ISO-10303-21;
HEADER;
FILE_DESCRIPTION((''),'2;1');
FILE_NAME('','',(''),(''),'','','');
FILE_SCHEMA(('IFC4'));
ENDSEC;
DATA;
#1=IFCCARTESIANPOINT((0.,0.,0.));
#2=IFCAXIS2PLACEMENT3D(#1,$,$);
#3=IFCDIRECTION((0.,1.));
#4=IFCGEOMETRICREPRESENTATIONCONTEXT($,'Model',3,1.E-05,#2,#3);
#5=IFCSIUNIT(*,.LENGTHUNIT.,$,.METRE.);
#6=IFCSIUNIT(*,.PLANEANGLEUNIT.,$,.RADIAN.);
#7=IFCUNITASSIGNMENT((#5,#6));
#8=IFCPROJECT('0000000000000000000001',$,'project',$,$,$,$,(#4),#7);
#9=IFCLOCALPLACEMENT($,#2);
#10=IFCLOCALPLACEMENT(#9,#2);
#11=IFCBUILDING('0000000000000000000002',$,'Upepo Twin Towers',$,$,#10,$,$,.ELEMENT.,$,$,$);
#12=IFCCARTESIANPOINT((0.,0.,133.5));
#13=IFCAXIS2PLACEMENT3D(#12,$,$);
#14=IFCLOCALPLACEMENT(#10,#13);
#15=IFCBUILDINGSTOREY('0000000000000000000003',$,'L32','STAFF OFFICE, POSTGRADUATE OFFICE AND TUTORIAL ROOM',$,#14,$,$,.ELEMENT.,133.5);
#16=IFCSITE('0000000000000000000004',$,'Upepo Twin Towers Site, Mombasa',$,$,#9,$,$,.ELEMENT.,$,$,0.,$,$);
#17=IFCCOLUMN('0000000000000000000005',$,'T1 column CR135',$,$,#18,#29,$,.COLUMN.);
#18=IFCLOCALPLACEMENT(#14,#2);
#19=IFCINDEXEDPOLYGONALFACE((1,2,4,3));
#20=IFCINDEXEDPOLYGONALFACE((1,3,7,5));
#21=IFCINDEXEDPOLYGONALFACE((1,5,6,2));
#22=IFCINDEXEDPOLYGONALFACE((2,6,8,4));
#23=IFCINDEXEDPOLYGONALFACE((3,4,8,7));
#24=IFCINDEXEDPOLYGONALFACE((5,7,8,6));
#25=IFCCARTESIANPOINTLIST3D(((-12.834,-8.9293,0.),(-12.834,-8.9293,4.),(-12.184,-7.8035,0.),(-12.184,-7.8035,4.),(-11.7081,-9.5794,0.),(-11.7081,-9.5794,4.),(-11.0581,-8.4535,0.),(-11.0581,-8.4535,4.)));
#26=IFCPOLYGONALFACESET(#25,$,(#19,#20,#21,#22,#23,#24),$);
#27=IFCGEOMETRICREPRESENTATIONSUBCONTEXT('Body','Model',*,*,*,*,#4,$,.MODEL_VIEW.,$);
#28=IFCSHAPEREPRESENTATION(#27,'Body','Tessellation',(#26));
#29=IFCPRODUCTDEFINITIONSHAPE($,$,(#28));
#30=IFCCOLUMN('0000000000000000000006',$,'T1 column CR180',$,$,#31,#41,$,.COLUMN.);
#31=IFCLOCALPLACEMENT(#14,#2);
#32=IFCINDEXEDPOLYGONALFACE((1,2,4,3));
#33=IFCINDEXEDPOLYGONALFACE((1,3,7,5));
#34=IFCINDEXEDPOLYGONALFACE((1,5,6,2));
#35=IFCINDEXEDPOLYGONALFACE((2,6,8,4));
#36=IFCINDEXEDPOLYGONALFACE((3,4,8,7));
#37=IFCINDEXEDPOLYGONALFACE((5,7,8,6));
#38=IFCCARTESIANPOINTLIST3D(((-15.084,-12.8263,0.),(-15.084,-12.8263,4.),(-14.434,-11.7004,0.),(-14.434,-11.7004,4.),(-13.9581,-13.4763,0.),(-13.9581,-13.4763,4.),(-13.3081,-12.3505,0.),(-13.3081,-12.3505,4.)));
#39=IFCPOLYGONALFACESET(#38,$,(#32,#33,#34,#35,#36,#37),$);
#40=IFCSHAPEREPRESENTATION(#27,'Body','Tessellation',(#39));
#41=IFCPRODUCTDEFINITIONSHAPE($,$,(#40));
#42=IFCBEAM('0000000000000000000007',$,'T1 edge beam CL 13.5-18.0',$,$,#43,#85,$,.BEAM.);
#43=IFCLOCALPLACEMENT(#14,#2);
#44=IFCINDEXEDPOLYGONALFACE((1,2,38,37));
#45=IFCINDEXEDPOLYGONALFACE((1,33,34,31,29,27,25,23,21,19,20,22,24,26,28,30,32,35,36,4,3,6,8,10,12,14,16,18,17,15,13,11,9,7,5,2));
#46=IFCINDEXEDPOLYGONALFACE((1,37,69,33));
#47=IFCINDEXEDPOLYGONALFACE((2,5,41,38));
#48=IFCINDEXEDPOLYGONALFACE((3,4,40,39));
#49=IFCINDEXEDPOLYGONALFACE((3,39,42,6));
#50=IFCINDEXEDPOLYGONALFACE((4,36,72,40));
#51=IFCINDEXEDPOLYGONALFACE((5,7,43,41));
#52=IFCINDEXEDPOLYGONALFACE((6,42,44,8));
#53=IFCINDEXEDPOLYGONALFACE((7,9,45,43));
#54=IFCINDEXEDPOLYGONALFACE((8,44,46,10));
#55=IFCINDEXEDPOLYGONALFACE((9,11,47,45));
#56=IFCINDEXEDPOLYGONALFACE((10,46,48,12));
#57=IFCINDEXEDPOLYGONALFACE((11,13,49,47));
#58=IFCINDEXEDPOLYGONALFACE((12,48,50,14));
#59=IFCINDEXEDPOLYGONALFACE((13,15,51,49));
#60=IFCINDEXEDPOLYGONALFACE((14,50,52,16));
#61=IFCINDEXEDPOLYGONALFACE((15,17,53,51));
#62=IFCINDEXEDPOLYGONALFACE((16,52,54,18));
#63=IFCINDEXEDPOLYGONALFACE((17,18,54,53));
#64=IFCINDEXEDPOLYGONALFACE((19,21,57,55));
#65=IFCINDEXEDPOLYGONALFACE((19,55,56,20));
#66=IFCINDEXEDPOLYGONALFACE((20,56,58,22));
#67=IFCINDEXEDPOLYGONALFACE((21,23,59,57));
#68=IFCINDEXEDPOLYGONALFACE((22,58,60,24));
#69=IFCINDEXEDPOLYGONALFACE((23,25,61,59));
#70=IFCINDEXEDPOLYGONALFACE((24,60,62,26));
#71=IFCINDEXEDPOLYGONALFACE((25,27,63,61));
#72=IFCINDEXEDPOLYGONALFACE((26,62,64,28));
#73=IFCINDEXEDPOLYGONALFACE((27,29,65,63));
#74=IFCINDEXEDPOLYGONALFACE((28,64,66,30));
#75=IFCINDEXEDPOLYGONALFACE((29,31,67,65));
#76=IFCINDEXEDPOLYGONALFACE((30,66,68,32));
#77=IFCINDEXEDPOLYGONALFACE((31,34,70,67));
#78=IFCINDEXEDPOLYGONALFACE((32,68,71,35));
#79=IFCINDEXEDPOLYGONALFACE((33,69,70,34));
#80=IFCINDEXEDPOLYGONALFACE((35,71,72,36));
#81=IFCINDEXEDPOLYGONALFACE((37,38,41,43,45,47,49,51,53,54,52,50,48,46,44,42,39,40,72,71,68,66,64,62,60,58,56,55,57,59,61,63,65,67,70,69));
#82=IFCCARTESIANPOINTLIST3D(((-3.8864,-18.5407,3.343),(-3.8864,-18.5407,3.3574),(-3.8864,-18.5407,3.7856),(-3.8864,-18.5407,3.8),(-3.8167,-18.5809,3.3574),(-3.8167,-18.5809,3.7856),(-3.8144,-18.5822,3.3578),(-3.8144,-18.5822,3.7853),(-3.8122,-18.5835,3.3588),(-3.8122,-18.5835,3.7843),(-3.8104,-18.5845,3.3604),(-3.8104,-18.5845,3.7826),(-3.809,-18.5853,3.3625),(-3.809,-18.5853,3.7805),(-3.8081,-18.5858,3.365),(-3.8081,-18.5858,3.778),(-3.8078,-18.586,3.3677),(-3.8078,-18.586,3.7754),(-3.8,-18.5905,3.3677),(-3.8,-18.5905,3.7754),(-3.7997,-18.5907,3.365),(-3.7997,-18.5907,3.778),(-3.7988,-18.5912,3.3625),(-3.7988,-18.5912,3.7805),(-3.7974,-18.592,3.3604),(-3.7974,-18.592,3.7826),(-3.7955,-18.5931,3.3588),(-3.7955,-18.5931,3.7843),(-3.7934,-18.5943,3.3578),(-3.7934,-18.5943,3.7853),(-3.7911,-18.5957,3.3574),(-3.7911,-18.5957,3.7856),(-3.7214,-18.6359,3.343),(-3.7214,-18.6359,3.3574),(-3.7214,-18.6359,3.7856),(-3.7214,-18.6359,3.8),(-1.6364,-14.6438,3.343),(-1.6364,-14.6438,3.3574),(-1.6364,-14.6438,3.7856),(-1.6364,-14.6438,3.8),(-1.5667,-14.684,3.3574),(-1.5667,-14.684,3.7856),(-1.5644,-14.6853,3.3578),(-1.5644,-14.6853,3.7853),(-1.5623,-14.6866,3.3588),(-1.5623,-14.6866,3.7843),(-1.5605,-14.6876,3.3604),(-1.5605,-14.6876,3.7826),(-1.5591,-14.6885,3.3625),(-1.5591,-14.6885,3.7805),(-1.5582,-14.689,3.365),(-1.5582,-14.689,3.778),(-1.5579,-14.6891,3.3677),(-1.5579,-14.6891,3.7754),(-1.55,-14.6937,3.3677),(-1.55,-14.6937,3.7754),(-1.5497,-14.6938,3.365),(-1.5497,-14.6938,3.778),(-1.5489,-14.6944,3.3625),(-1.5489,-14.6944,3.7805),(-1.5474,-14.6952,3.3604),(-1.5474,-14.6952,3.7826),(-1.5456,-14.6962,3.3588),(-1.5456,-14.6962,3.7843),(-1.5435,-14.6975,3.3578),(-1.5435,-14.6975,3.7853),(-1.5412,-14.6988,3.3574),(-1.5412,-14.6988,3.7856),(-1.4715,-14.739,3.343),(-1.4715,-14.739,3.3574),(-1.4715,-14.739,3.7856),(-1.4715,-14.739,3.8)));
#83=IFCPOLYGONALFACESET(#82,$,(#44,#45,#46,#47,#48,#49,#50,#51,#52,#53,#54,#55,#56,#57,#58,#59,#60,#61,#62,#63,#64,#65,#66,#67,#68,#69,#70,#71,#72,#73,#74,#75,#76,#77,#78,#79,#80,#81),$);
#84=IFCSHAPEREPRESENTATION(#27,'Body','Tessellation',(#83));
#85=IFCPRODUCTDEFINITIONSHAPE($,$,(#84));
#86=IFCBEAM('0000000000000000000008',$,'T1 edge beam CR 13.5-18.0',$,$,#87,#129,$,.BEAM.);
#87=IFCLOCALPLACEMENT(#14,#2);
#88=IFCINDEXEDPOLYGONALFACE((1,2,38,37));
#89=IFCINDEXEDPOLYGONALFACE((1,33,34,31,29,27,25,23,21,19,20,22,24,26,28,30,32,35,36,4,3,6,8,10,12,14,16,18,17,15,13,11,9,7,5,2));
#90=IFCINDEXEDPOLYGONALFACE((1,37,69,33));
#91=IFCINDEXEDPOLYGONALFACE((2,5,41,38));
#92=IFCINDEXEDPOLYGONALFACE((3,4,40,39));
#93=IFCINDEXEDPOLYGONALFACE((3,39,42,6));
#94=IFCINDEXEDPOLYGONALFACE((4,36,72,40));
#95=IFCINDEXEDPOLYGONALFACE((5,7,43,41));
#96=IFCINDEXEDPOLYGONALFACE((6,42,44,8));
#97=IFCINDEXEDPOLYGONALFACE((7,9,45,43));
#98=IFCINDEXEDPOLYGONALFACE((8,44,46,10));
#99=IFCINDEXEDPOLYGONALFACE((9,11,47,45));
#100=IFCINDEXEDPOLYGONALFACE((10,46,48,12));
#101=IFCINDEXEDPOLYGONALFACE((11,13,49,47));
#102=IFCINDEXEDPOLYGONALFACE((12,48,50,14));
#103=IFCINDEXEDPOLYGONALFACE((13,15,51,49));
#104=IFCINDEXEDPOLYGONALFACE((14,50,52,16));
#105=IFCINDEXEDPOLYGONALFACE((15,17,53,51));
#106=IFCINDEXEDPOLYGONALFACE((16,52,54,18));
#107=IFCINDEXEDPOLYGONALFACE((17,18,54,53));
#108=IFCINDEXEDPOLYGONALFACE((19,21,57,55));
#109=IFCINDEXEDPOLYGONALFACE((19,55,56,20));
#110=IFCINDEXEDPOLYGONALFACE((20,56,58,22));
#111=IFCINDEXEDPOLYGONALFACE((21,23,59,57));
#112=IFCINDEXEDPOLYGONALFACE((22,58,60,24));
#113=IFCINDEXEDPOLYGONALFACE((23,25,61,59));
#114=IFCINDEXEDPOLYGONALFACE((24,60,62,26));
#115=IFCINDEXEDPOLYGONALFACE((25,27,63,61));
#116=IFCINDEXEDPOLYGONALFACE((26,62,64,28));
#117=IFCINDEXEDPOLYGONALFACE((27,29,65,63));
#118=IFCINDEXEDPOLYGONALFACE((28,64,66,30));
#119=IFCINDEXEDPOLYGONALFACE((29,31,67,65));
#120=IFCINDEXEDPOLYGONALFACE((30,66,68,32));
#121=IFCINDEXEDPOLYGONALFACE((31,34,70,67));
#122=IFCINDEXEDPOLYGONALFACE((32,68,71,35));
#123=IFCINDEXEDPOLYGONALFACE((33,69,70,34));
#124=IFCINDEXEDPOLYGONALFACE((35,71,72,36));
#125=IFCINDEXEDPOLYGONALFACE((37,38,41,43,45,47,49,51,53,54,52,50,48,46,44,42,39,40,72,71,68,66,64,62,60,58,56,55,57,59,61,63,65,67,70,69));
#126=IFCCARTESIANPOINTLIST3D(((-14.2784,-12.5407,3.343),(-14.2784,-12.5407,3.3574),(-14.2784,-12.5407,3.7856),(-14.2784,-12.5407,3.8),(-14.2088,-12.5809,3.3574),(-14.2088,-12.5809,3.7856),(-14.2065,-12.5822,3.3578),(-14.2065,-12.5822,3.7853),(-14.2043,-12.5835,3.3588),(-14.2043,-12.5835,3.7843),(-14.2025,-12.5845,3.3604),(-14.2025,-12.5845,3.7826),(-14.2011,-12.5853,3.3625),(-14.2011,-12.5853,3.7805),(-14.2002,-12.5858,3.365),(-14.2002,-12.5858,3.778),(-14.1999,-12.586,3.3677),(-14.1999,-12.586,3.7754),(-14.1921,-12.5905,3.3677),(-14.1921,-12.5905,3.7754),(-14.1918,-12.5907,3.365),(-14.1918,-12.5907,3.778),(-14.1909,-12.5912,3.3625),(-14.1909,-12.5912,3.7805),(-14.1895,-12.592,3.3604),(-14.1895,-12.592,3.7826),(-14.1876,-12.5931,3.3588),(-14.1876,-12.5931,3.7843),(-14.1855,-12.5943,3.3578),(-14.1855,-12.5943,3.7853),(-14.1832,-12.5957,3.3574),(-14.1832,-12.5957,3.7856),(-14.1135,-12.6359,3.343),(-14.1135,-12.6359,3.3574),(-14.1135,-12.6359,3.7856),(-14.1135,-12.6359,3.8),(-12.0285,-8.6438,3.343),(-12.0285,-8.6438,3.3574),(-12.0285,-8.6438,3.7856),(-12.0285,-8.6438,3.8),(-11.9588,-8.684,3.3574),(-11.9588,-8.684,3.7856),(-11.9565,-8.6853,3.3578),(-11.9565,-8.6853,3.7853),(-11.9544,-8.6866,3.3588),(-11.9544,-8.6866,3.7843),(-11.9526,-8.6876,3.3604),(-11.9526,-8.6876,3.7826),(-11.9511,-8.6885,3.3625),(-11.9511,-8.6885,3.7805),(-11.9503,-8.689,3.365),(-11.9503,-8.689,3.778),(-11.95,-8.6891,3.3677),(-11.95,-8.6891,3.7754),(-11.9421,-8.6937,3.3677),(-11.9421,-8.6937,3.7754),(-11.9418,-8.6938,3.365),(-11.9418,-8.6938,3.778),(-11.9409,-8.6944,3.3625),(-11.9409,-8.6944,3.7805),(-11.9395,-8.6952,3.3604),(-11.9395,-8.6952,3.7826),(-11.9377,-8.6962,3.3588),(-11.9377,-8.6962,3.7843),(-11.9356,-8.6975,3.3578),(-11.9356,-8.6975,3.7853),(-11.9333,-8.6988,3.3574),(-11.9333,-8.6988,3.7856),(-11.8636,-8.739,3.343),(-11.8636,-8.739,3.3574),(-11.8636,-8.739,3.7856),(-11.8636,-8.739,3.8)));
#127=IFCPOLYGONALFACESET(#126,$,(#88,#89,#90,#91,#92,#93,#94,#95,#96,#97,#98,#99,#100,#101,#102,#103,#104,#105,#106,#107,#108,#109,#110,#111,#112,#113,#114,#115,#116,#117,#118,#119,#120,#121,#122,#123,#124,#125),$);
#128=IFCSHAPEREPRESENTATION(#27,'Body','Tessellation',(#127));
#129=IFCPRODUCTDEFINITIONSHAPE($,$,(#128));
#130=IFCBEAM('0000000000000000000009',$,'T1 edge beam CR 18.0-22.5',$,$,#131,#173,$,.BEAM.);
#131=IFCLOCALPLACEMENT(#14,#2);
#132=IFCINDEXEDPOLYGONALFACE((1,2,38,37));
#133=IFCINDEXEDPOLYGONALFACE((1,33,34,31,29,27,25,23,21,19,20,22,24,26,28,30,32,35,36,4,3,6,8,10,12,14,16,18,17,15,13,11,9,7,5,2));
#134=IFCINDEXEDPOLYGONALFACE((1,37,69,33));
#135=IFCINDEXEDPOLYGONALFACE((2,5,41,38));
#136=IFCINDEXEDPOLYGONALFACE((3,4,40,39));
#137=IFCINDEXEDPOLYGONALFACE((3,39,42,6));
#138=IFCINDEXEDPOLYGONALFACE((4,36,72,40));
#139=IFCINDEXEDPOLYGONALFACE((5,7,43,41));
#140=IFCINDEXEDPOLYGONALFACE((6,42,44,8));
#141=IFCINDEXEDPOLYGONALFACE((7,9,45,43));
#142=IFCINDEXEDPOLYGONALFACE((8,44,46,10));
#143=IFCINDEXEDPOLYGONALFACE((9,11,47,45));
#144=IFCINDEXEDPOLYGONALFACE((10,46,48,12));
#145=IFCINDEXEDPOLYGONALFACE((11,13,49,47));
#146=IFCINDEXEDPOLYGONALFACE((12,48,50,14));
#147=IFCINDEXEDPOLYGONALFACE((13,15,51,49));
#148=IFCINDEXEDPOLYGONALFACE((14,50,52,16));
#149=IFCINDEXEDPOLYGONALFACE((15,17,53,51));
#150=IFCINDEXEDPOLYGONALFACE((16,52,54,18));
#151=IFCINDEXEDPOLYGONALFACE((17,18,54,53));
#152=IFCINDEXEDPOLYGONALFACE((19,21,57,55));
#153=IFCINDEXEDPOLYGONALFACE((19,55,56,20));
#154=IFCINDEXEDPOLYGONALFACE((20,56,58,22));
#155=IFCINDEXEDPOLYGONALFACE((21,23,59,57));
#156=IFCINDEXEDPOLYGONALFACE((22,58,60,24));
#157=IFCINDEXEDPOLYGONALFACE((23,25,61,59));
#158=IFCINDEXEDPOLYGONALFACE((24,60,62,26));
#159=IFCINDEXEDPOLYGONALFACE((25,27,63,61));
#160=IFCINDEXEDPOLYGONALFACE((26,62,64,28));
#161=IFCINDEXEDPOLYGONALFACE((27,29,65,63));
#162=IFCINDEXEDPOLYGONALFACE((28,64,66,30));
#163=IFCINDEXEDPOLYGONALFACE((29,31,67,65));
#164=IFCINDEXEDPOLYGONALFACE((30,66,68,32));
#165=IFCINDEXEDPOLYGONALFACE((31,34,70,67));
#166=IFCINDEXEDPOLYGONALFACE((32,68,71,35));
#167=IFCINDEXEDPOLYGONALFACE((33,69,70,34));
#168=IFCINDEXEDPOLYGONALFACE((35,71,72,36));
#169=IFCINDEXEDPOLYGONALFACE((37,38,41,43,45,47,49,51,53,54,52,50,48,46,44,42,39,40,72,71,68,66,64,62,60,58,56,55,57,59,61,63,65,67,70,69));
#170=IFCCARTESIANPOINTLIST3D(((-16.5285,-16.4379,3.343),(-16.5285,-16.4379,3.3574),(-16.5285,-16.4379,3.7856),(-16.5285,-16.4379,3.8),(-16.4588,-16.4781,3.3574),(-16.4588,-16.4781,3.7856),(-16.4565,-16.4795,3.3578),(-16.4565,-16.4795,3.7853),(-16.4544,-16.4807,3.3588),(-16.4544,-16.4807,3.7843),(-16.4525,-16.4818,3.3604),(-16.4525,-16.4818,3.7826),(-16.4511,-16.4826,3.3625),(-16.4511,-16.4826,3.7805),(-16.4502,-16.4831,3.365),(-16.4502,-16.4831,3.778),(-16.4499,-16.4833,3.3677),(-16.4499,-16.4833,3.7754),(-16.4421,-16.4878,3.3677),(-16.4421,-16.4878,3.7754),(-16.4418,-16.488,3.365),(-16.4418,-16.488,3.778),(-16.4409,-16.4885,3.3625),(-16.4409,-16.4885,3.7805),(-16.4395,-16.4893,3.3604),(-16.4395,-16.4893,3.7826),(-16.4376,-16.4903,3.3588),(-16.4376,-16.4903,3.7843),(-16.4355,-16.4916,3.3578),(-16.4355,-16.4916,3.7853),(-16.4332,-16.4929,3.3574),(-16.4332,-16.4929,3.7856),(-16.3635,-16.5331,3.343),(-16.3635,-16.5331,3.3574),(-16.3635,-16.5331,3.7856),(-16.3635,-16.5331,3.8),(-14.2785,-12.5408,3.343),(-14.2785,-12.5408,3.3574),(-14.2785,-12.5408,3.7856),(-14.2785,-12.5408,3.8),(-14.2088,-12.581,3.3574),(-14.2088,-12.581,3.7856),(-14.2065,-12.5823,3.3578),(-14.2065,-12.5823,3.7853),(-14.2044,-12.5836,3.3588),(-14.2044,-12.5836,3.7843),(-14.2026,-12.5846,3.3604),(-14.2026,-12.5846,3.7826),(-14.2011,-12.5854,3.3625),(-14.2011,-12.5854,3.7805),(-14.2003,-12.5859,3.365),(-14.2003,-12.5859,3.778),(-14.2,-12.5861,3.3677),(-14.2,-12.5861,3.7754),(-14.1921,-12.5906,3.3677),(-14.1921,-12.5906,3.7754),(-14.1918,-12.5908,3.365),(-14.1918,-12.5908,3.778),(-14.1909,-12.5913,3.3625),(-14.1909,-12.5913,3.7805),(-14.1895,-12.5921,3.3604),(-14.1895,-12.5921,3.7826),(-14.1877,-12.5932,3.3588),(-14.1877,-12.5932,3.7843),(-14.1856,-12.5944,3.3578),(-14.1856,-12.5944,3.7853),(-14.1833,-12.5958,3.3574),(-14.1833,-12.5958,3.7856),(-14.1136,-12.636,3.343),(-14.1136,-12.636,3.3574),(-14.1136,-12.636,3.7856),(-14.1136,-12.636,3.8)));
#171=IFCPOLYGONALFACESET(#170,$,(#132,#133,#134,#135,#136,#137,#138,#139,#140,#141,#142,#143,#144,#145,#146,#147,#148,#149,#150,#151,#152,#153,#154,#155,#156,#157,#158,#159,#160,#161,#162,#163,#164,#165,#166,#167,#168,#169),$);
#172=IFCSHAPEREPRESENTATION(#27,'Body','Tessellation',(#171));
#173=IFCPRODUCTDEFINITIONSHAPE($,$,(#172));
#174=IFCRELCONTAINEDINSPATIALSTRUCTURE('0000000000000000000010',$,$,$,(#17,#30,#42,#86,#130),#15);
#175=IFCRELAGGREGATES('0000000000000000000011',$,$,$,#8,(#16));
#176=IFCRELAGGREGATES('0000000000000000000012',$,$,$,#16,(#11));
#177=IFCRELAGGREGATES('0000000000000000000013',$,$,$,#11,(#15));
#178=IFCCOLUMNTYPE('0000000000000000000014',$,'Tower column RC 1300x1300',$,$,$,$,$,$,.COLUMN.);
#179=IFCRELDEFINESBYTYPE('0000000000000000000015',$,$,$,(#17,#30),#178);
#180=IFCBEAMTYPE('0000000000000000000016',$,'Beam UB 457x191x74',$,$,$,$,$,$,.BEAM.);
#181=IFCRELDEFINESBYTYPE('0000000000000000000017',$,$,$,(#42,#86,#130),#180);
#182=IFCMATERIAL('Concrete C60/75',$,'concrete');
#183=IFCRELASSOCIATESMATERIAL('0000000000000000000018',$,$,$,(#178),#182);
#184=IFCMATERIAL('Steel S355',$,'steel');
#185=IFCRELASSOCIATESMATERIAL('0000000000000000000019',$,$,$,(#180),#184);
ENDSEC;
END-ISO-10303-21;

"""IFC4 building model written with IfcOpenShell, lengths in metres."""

from ifc_helpers import new_model, si_unit, direction, frame, origin, origin_2d, place, context, subcontext, project, spatial, rectangle, i_section, extrude, material, material_profile, profile_set, type_object, element, save


model = new_model("IFC4")

# Units and contexts
model_context = context("Model", 3, precision=1e-05, world=origin(), true_north=direction((0.0, 1.0)))
body_context = subcontext(model_context, "Body", "Model", "MODEL_VIEW")
ifc_project = project(units=[si_unit("LENGTHUNIT", "METRE"), si_unit("PLANEANGLEUNIT", "RADIAN")], contexts=[model_context])

# Site, building, storey
site_placement = place(None, origin())
site = spatial("IfcSite", under=ifc_project, at=site_placement, Name="Upepo Twin Towers Site, Mombasa", CompositionType="ELEMENT", RefElevation=0.0)
building_placement = place(site_placement, origin())
building = spatial("IfcBuilding", under=site, at=building_placement, Name="Upepo Twin Towers", CompositionType="ELEMENT")
storey_placement = place(building_placement, frame((0.0, 0.0, 133.5)))
storey = spatial("IfcBuildingStorey", under=building, at=storey_placement, Name="L32", Description="STAFF OFFICE, POSTGRADUATE OFFICE AND TUTORIAL ROOM", CompositionType="ELEMENT", Elevation=133.5)

# Columns
ifc_material_1 = material(Name="Concrete C60/75", Category="concrete")
ifc_material_profile_1 = material_profile(ifc_material_1, rectangle(XDim=1.3, YDim=1.3, at=origin_2d()), Name="RC 1300x1300")
ifc_profile_set_1 = profile_set([ifc_material_profile_1], Name="Concrete C60/75")
column_type = type_object("IfcColumnType", Name="Tower column RC 1300x1300", PredefinedType="COLUMN", material=ifc_profile_set_1)
for number, where, z_axis, x_axis, name in (
    (1, (-11.946, -8.6914, 0.0), (0.0, 0.0, 1.0), (0.5, 0.866025, 0.0), "T1 column CR135"),
    (2, (-14.196, -12.5884, 0.0), (0.0, 0.0, 1.0), (0.5, 0.866025, 0.0), "T1 column CR180"),
):
    element("IfcColumn", number, at=place(storey_placement, frame(where, z_axis=z_axis, x_axis=x_axis)), inside=storey, type_object=column_type, Name=name, PredefinedType="COLUMN", context=body_context, shape_type="SweptSolid", body=[
        extrude(rectangle(XDim=1.3, YDim=1.3, at=origin_2d()), origin(), (0.0, 0.0, 1.0), 4.0),
    ])

# Beams
ifc_material_2 = material(Name="Steel S355", Category="steel")
ifc_material_profile_2 = material_profile(ifc_material_2, i_section(OverallWidth=0.1904, OverallDepth=0.457, WebThickness=0.009, FlangeThickness=0.0144, FilletRadius=0.0103, at=origin_2d()), Name="UB 457x191x74")
ifc_profile_set_2 = profile_set([ifc_material_profile_2], Name="Steel S355")
beam_type_1 = type_object("IfcBeamType", Name="Beam UB 457x191x74", PredefinedType="BEAM", material=ifc_profile_set_2)
for number, where, z_axis, x_axis, name in (
    (3, (-1.554, -14.6914, 3.5715), (-0.500014, -0.866018, 0.0), (0.866018, -0.500014, 0.0), "T1 edge beam CL 13.5-18.0"),
    (4, (-11.946, -8.6914, 3.5715), (-0.500014, -0.866018, 0.0), (0.866018, -0.500014, 0.0), "T1 edge beam CR 13.5-18.0"),
):
    element("IfcBeam", number, at=place(storey_placement, frame(where, z_axis=z_axis, x_axis=x_axis)), inside=storey, type_object=beam_type_1, Name=name, PredefinedType="BEAM", context=body_context, shape_type="SweptSolid", body=[
        extrude(i_section(OverallWidth=0.1904, OverallDepth=0.457, WebThickness=0.009, FlangeThickness=0.0144, FilletRadius=0.0103, at=origin_2d()), origin(), (0.0, 0.0, 1.0), 4.4998),
    ])
beam_placement = place(storey_placement, frame((-14.196, -12.5884, 3.5715), z_axis=(-0.49999, -0.866031, 0.0), x_axis=(0.866031, -0.49999, 0.0)))
element("IfcBeam", 5, at=beam_placement, inside=storey, type_object=beam_type_1, Name="T1 edge beam CR 18.0-22.5", PredefinedType="BEAM", context=body_context, shape_type="SweptSolid", body=[
    extrude(i_section(OverallWidth=0.1904, OverallDepth=0.457, WebThickness=0.009, FlangeThickness=0.0144, FilletRadius=0.0103, at=origin_2d()), origin(), (0.0, 0.0, 1.0), 4.5),
])

save(model, "model.ifc")
